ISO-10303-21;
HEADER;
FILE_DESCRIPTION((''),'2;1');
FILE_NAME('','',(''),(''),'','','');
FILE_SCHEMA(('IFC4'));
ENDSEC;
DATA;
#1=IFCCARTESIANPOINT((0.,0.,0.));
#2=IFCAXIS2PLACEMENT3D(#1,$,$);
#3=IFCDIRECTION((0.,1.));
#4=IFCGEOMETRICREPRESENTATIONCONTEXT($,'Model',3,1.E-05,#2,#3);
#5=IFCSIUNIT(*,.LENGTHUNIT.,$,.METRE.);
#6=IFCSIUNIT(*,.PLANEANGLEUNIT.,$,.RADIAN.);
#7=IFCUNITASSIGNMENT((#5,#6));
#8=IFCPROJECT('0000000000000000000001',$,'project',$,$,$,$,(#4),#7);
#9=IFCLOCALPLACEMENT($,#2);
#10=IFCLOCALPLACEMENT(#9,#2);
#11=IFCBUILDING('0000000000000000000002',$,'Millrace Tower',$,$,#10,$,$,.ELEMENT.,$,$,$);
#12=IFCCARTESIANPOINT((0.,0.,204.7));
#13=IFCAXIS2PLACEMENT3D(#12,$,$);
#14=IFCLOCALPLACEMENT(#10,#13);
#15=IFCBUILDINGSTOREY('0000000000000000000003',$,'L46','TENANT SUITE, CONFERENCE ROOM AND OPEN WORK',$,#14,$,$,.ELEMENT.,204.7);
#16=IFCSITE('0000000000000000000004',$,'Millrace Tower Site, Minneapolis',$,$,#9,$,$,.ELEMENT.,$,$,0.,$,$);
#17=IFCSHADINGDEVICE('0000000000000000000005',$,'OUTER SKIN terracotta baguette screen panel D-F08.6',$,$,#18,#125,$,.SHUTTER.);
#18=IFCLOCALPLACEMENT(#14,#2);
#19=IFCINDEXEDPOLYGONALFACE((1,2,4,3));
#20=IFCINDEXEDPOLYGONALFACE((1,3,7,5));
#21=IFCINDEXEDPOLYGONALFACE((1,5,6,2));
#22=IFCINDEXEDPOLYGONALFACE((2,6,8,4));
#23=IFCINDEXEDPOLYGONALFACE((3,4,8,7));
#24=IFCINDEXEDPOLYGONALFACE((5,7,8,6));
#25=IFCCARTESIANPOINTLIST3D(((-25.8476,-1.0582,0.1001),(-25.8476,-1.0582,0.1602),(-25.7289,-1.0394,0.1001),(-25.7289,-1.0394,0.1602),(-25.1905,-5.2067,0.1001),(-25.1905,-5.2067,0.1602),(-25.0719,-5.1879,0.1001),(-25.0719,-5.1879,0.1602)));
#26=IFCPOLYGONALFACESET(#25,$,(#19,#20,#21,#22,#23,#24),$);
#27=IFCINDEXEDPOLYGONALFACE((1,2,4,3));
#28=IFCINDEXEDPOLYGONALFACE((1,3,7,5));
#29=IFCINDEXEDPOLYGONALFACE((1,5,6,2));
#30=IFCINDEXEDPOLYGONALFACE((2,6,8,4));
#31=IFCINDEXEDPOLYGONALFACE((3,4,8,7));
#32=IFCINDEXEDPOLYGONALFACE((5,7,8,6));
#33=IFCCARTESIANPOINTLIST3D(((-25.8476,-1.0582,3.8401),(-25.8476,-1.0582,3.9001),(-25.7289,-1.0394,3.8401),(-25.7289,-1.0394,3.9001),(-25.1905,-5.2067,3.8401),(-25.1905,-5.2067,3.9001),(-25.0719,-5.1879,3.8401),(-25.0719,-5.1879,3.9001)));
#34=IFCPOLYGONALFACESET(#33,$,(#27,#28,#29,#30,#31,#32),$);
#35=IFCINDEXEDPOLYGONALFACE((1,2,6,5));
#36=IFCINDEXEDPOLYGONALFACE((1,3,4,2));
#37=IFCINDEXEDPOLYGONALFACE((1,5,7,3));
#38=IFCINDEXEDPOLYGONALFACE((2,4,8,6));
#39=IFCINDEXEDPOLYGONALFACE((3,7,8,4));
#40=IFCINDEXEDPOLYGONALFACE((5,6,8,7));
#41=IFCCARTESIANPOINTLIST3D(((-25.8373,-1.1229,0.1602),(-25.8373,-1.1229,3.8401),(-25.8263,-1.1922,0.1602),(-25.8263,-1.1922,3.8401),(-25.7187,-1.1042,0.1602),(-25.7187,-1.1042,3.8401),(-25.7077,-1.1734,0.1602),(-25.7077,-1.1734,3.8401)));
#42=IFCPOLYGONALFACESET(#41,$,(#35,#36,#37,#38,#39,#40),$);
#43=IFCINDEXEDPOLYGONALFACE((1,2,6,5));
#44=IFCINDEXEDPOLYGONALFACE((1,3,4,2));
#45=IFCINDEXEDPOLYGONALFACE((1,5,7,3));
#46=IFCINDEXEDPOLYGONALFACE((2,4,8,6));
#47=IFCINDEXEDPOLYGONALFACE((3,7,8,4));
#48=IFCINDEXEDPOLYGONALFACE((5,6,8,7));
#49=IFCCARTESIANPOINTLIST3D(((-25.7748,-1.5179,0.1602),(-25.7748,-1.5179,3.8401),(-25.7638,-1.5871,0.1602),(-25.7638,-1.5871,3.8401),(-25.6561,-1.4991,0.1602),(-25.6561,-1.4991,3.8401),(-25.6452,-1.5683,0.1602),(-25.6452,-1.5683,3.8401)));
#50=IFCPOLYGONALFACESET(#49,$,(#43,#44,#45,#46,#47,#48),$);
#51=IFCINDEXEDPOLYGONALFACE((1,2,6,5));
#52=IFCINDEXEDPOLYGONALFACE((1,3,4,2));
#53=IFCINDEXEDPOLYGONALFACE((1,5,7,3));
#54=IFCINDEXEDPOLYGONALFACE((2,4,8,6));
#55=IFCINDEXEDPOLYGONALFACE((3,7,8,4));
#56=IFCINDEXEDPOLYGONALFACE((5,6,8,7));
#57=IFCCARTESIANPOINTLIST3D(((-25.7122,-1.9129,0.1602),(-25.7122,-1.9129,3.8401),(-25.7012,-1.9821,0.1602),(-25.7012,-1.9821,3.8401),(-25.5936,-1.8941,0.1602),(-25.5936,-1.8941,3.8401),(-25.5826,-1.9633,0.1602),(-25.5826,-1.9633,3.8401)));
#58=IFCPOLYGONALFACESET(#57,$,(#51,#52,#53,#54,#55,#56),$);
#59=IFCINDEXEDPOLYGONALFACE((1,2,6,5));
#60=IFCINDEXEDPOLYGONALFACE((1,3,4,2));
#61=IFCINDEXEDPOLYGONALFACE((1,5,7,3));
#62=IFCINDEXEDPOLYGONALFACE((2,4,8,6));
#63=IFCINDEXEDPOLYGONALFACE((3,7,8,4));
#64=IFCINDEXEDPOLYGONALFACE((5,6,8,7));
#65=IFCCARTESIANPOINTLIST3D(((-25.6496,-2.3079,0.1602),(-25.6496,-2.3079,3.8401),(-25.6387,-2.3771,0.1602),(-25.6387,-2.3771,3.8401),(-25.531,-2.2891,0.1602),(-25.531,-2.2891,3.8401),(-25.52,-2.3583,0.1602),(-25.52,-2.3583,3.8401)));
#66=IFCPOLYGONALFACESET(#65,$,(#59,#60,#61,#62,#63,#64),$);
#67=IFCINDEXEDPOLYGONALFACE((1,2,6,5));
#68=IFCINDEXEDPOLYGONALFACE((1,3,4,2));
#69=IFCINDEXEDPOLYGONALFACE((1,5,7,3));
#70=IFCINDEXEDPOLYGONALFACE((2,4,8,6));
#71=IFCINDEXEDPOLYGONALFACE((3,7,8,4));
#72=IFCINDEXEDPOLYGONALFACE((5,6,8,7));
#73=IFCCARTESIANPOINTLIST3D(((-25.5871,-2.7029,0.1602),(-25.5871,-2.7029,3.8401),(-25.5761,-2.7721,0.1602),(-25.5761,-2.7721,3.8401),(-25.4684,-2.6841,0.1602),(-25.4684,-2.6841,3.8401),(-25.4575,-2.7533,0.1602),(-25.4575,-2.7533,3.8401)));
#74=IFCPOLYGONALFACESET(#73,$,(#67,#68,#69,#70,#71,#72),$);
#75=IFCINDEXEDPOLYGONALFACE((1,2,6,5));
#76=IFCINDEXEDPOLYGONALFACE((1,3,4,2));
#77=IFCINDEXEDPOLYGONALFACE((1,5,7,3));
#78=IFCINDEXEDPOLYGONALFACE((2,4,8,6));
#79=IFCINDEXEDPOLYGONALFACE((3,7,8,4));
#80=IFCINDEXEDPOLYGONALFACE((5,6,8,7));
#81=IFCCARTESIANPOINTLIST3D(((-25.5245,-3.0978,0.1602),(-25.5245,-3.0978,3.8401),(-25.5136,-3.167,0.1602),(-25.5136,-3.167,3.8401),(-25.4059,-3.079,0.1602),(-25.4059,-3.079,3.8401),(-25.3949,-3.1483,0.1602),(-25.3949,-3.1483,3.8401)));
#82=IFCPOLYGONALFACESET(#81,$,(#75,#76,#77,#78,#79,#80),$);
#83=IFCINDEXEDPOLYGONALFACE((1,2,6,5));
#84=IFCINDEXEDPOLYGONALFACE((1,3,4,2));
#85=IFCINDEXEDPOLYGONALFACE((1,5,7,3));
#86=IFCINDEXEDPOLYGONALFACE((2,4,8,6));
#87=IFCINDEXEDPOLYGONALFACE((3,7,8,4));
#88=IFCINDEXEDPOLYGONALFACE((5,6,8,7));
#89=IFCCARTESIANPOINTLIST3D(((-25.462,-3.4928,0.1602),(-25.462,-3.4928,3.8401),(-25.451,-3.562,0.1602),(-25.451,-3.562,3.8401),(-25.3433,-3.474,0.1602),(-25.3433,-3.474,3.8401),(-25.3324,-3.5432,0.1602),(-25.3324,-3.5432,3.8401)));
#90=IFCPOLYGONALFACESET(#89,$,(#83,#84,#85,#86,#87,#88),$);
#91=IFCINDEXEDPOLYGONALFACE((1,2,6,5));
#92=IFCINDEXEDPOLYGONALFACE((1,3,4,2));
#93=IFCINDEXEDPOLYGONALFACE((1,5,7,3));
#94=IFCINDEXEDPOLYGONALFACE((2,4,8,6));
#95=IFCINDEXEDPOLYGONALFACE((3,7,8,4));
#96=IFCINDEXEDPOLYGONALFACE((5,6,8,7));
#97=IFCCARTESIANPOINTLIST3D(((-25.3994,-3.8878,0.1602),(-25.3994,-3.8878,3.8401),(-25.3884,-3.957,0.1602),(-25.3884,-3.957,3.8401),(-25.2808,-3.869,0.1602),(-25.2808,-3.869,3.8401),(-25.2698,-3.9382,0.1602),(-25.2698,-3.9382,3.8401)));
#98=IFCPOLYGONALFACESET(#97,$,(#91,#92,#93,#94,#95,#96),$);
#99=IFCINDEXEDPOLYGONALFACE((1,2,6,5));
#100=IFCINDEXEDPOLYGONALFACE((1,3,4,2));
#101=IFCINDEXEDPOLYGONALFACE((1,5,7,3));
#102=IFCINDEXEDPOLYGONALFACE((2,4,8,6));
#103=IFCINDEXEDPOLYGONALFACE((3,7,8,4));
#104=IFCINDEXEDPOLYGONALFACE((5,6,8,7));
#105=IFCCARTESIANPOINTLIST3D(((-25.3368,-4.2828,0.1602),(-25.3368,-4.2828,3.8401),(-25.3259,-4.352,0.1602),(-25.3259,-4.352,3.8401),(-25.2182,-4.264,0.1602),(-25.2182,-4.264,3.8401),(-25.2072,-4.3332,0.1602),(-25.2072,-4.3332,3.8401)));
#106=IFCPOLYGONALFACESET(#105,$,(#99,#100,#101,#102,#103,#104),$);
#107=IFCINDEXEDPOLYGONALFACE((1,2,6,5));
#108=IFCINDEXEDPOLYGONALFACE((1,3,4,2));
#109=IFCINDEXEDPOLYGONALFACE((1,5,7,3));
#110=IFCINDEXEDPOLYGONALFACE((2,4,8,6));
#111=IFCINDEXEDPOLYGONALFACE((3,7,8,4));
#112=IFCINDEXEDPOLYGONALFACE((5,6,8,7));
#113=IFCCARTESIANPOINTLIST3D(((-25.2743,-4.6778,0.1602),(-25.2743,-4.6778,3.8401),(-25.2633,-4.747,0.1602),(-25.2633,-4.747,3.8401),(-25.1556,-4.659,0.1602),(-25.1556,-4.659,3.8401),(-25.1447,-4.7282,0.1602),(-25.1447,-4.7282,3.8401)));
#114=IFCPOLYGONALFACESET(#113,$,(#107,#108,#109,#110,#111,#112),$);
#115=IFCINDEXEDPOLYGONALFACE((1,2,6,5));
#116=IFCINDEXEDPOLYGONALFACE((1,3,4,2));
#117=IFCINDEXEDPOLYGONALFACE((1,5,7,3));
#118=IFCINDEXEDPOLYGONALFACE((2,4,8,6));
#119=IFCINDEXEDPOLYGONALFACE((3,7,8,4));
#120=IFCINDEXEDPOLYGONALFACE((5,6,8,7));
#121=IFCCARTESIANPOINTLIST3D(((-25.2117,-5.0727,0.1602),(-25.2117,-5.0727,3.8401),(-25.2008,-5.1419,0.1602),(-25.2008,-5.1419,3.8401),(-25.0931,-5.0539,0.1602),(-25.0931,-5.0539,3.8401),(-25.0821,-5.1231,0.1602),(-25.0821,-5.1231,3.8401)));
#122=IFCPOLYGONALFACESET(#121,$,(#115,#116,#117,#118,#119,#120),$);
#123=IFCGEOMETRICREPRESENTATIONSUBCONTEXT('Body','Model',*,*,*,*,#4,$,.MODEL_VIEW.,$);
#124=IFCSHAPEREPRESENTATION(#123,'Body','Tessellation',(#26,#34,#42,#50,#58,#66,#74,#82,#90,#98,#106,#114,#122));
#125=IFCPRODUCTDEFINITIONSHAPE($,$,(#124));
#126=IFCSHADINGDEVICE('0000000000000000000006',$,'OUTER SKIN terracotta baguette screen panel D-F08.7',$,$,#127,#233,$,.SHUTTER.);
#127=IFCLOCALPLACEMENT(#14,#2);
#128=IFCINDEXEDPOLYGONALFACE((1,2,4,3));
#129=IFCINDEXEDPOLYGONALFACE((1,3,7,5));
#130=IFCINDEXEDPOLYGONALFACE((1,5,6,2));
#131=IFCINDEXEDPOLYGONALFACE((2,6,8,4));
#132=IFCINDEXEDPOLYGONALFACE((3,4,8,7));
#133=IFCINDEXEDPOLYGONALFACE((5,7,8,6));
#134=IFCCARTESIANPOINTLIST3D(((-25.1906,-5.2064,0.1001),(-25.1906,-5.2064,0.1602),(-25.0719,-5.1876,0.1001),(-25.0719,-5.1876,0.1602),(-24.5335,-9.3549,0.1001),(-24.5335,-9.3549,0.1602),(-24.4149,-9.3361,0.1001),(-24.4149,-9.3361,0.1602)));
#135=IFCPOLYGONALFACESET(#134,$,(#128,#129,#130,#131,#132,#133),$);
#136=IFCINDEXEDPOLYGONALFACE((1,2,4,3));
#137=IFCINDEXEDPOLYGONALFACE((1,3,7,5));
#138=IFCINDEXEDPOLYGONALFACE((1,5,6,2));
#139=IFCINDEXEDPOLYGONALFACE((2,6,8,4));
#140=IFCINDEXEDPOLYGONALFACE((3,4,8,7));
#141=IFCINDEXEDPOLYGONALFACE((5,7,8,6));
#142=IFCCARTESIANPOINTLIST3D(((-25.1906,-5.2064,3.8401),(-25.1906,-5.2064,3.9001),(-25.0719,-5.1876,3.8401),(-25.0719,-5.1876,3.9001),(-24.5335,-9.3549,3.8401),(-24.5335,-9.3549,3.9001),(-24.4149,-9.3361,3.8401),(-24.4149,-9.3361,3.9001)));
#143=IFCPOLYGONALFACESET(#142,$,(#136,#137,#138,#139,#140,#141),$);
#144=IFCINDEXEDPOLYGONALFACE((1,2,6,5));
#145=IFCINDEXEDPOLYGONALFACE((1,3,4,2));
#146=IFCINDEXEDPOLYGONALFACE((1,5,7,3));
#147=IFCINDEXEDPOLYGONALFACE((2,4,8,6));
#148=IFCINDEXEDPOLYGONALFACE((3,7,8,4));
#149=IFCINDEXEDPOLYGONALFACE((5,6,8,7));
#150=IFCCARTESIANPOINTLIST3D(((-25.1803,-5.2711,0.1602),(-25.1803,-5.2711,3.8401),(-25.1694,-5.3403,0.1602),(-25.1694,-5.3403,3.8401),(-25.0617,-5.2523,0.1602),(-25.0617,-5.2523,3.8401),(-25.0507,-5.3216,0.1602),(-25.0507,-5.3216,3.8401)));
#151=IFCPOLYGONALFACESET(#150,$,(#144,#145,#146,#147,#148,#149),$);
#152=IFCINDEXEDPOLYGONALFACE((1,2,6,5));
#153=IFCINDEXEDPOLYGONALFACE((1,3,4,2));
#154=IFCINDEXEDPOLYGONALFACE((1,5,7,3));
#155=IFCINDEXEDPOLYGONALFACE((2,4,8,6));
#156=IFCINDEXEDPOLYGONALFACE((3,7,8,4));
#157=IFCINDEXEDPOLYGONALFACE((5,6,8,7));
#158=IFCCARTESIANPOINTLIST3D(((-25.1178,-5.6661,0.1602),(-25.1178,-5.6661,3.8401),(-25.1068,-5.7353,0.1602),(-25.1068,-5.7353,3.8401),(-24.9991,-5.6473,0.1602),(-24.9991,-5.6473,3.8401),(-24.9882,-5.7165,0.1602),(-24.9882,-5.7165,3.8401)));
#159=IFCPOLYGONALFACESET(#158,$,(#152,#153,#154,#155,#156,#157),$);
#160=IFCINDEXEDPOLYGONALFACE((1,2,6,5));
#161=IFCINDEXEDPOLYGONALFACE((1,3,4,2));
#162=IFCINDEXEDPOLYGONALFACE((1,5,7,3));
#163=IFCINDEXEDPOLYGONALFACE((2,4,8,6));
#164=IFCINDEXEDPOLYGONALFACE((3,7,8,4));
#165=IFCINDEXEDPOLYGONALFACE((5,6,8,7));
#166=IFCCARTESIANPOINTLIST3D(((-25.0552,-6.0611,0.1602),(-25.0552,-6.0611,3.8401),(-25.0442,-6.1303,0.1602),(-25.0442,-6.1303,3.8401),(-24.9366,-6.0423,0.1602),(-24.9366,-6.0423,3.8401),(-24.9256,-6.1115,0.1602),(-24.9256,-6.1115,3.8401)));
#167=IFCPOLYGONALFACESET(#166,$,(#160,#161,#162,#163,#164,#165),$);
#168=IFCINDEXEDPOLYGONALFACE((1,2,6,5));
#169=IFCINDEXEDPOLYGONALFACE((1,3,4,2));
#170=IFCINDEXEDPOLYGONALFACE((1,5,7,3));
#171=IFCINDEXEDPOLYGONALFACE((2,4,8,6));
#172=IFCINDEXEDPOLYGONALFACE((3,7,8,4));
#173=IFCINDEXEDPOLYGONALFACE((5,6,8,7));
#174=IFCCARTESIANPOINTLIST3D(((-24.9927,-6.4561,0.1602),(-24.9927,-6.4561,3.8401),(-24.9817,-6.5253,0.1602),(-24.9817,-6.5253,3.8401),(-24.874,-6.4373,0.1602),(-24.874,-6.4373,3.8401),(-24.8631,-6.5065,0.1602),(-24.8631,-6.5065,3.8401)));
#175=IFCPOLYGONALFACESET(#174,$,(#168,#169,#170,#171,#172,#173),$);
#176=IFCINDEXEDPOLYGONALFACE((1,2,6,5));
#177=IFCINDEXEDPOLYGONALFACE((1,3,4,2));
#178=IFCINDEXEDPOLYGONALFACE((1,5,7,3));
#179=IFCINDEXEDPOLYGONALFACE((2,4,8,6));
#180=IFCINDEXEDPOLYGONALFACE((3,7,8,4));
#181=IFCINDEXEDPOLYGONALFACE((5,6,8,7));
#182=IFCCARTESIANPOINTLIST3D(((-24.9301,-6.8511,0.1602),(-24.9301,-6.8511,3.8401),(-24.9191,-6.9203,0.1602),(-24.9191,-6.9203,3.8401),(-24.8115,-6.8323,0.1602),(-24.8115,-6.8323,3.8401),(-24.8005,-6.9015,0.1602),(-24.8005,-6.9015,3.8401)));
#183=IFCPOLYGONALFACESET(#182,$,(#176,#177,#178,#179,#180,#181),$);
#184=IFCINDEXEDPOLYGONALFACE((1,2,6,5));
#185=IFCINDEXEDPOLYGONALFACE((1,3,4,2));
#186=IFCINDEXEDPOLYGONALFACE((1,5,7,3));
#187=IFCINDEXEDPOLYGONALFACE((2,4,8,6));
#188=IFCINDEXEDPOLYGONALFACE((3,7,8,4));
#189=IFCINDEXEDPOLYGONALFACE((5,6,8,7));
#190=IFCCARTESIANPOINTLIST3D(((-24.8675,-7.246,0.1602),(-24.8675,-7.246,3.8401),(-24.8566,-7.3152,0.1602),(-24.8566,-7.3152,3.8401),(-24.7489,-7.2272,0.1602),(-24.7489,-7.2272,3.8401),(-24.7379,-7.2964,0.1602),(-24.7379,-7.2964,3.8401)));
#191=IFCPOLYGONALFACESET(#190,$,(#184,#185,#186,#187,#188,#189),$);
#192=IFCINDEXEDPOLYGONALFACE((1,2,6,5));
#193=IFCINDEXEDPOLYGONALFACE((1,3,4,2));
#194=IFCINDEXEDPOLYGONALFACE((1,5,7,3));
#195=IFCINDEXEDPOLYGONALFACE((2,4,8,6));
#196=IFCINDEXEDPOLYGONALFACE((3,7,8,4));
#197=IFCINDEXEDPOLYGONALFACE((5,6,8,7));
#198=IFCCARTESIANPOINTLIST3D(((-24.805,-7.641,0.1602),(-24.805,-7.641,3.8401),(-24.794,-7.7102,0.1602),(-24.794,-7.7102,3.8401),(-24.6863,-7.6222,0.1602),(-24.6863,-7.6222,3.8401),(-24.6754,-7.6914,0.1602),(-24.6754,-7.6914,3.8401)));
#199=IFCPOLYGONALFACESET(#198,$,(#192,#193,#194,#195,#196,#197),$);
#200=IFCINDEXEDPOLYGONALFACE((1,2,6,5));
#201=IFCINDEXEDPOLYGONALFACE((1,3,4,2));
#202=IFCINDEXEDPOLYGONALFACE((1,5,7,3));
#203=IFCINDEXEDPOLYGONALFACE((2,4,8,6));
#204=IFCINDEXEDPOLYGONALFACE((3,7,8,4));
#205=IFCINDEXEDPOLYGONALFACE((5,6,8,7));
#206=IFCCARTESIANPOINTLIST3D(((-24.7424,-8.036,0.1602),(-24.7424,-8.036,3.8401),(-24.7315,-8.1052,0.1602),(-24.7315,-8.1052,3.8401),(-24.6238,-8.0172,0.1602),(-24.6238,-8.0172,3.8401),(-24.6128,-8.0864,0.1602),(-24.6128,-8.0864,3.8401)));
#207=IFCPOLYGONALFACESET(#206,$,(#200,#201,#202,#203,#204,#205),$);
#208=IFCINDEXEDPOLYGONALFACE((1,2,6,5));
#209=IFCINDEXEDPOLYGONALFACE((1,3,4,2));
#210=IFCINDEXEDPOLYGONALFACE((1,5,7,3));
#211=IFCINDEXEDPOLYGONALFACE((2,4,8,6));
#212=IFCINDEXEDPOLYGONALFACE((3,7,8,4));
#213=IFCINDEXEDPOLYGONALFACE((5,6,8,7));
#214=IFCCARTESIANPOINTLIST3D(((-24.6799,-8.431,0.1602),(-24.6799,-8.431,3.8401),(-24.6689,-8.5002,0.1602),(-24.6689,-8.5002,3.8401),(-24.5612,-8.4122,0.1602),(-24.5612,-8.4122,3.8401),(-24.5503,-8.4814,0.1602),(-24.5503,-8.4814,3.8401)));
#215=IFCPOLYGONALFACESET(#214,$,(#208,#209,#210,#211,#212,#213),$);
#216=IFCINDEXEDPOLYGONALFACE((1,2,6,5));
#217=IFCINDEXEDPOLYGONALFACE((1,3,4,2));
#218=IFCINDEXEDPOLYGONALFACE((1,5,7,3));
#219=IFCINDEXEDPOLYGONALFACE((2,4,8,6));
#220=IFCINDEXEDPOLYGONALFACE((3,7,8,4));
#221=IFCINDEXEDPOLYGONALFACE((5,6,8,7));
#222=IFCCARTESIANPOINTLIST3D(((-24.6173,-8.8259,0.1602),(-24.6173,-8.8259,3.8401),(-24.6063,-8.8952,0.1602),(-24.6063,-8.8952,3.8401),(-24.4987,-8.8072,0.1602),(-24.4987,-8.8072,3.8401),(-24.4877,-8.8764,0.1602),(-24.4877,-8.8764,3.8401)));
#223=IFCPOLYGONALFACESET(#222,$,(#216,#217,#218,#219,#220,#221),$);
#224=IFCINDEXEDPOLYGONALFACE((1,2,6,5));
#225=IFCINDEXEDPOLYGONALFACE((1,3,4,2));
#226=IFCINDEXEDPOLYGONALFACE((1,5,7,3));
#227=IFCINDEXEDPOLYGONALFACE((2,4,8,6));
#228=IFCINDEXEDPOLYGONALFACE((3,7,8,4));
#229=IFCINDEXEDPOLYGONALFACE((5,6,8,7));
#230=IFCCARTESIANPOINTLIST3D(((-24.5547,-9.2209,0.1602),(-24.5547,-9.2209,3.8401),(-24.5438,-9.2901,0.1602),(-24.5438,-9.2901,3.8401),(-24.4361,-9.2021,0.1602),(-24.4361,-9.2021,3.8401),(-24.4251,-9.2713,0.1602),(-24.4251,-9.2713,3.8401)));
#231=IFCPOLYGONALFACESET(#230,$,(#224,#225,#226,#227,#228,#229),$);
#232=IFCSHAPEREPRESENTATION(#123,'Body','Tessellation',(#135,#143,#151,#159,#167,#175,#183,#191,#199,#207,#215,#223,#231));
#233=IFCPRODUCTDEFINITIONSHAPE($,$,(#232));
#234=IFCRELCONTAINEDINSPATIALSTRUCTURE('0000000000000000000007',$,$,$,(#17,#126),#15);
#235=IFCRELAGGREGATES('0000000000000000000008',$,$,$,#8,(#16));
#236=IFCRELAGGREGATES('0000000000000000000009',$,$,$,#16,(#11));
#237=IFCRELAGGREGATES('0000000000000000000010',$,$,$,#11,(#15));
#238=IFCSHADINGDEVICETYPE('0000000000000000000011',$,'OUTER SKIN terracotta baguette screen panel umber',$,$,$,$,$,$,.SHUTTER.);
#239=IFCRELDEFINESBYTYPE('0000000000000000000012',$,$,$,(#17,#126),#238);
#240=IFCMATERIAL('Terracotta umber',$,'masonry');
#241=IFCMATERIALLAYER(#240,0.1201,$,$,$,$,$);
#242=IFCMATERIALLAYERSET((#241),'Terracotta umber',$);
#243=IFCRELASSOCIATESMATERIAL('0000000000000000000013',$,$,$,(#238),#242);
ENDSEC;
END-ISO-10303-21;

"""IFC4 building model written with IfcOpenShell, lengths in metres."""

from ifc_helpers import new_model, entity, si_unit, direction, frame, frame_2d, origin, origin_2d, place, context, subcontext, project, spatial, rectangle, extrude, source, transform, mapped, material, layer, layer_set, type_object, element, save


model = new_model("IFC4")

# Units and contexts
model_context = context("Model", 3, precision=1e-05, world=origin(), true_north=direction((0.0, 1.0)))
body_context = subcontext(model_context, "Body", "Model", "MODEL_VIEW")
ifc_project = project(units=[si_unit("LENGTHUNIT", "METRE"), si_unit("PLANEANGLEUNIT", "RADIAN")], contexts=[model_context])

# Site, building, storey
site_placement = place(None, origin())
site = spatial("IfcSite", under=ifc_project, at=site_placement, Name="Millrace Tower Site, Minneapolis", CompositionType="ELEMENT", RefElevation=0.0)
building_placement = place(site_placement, origin())
building = spatial("IfcBuilding", under=site, at=building_placement, Name="Millrace Tower", CompositionType="ELEMENT")
storey_placement = place(building_placement, frame((0.0, 0.0, 204.7)))
storey = spatial("IfcBuildingStorey", under=building, at=storey_placement, Name="L46", Description="TENANT SUITE, CONFERENCE ROOM AND OPEN WORK", CompositionType="ELEMENT", Elevation=204.7)

# Shading devices
ifc_material_1 = material(Name="Terracotta umber", Category="masonry")
ifc_layer_1 = layer(ifc_material_1, 0.1201)
ifc_layer_set_1 = layer_set([ifc_layer_1], Name="Terracotta umber")
shading_device_type = type_object("IfcShadingDeviceType", Name="OUTER SKIN terracotta baguette screen panel umber", PredefinedType="SHUTTER", material=ifc_layer_set_1)
cartesian_point = entity("IfcCartesianPoint", [-2.1001, 0.0601])
shared_polyline = entity("IfcPolyline", [cartesian_point, entity("IfcCartesianPoint", [2.1001, 0.0601]), entity("IfcCartesianPoint", [2.1001, -0.0601]), entity("IfcCartesianPoint", [-2.1001, -0.0601]), cartesian_point])
shared_shape = source(origin(), body_context, "Body", "SweptSolid", [
    entity("IfcExtrudedAreaSolid", entity("IfcArbitraryClosedProfileDef", "AREA", None, shared_polyline), entity("IfcAxis2Placement3D", entity("IfcCartesianPoint", [0.0, 0.0, 0.0])), entity("IfcDirection", [0.0, 0.0, 1.0]), 0.0601),
    entity("IfcExtrudedAreaSolid", entity("IfcArbitraryClosedProfileDef", "AREA", None, shared_polyline), entity("IfcAxis2Placement3D", entity("IfcCartesianPoint", [0.0, 0.0, 3.74])), entity("IfcDirection", [0.0, 0.0, 1.0]), 0.0601),
    extrude(rectangle(XDim=0.0701, YDim=0.1201, at=frame_2d((-1.9995, 0.0))), frame((0.0, 0.0, 0.0601)), (0.0, 0.0, 1.0), 3.6799),
    extrude(rectangle(XDim=0.0701, YDim=0.1201, at=frame_2d((-1.5996, 0.0))), frame((0.0, 0.0, 0.0601)), (0.0, 0.0, 1.0), 3.6799),
    extrude(rectangle(XDim=0.0701, YDim=0.1201, at=frame_2d((-1.1997, 0.0))), frame((0.0, 0.0, 0.0601)), (0.0, 0.0, 1.0), 3.6799),
    extrude(rectangle(XDim=0.0701, YDim=0.1201, at=frame_2d((-0.7998, 0.0))), frame((0.0, 0.0, 0.0601)), (0.0, 0.0, 1.0), 3.6799),
    extrude(rectangle(XDim=0.0701, YDim=0.1201, at=frame_2d((-0.3999, 0.0))), frame((0.0, 0.0, 0.0601)), (0.0, 0.0, 1.0), 3.6799),
    extrude(rectangle(XDim=0.0701, YDim=0.1201, at=origin_2d()), frame((0.0, 0.0, 0.0601)), (0.0, 0.0, 1.0), 3.6799),
    extrude(rectangle(XDim=0.0701, YDim=0.1201, at=frame_2d((0.3999, 0.0))), frame((0.0, 0.0, 0.0601)), (0.0, 0.0, 1.0), 3.6799),
    extrude(rectangle(XDim=0.0701, YDim=0.1201, at=frame_2d((0.7998, 0.0))), frame((0.0, 0.0, 0.0601)), (0.0, 0.0, 1.0), 3.6799),
    extrude(rectangle(XDim=0.0701, YDim=0.1201, at=frame_2d((1.1997, 0.0))), frame((0.0, 0.0, 0.0601)), (0.0, 0.0, 1.0), 3.6799),
    extrude(rectangle(XDim=0.0701, YDim=0.1201, at=frame_2d((1.5996, 0.0))), frame((0.0, 0.0, 0.0601)), (0.0, 0.0, 1.0), 3.6799),
    extrude(rectangle(XDim=0.0701, YDim=0.1201, at=frame_2d((1.9995, 0.0))), frame((0.0, 0.0, 0.0601)), (0.0, 0.0, 1.0), 3.6799),
])
for number, where, z_axis, x_axis, name in (
    (1, (-25.4597, -3.123, 0.1001), (0.0, 0.0, 1.0), (0.156434, -0.987688, 0.0), "OUTER SKIN terracotta baguette screen panel D-F08.6"),
    (2, (-24.8027, -7.2712, 0.1001), (0.0, 0.0, 1.0), (0.156434, -0.987688, 0.0), "OUTER SKIN terracotta baguette screen panel D-F08.7"),
):
    element("IfcShadingDevice", number, at=place(storey_placement, frame(where, z_axis=z_axis, x_axis=x_axis)), inside=storey, type_object=shading_device_type, Name=name, PredefinedType="SHUTTER", context=body_context, shape_type="MappedRepresentation", body=[
        mapped(shared_shape, transform((0.0, 0.0, 0.0), scale=1.0)),
    ])

save(model, "model.ifc")
